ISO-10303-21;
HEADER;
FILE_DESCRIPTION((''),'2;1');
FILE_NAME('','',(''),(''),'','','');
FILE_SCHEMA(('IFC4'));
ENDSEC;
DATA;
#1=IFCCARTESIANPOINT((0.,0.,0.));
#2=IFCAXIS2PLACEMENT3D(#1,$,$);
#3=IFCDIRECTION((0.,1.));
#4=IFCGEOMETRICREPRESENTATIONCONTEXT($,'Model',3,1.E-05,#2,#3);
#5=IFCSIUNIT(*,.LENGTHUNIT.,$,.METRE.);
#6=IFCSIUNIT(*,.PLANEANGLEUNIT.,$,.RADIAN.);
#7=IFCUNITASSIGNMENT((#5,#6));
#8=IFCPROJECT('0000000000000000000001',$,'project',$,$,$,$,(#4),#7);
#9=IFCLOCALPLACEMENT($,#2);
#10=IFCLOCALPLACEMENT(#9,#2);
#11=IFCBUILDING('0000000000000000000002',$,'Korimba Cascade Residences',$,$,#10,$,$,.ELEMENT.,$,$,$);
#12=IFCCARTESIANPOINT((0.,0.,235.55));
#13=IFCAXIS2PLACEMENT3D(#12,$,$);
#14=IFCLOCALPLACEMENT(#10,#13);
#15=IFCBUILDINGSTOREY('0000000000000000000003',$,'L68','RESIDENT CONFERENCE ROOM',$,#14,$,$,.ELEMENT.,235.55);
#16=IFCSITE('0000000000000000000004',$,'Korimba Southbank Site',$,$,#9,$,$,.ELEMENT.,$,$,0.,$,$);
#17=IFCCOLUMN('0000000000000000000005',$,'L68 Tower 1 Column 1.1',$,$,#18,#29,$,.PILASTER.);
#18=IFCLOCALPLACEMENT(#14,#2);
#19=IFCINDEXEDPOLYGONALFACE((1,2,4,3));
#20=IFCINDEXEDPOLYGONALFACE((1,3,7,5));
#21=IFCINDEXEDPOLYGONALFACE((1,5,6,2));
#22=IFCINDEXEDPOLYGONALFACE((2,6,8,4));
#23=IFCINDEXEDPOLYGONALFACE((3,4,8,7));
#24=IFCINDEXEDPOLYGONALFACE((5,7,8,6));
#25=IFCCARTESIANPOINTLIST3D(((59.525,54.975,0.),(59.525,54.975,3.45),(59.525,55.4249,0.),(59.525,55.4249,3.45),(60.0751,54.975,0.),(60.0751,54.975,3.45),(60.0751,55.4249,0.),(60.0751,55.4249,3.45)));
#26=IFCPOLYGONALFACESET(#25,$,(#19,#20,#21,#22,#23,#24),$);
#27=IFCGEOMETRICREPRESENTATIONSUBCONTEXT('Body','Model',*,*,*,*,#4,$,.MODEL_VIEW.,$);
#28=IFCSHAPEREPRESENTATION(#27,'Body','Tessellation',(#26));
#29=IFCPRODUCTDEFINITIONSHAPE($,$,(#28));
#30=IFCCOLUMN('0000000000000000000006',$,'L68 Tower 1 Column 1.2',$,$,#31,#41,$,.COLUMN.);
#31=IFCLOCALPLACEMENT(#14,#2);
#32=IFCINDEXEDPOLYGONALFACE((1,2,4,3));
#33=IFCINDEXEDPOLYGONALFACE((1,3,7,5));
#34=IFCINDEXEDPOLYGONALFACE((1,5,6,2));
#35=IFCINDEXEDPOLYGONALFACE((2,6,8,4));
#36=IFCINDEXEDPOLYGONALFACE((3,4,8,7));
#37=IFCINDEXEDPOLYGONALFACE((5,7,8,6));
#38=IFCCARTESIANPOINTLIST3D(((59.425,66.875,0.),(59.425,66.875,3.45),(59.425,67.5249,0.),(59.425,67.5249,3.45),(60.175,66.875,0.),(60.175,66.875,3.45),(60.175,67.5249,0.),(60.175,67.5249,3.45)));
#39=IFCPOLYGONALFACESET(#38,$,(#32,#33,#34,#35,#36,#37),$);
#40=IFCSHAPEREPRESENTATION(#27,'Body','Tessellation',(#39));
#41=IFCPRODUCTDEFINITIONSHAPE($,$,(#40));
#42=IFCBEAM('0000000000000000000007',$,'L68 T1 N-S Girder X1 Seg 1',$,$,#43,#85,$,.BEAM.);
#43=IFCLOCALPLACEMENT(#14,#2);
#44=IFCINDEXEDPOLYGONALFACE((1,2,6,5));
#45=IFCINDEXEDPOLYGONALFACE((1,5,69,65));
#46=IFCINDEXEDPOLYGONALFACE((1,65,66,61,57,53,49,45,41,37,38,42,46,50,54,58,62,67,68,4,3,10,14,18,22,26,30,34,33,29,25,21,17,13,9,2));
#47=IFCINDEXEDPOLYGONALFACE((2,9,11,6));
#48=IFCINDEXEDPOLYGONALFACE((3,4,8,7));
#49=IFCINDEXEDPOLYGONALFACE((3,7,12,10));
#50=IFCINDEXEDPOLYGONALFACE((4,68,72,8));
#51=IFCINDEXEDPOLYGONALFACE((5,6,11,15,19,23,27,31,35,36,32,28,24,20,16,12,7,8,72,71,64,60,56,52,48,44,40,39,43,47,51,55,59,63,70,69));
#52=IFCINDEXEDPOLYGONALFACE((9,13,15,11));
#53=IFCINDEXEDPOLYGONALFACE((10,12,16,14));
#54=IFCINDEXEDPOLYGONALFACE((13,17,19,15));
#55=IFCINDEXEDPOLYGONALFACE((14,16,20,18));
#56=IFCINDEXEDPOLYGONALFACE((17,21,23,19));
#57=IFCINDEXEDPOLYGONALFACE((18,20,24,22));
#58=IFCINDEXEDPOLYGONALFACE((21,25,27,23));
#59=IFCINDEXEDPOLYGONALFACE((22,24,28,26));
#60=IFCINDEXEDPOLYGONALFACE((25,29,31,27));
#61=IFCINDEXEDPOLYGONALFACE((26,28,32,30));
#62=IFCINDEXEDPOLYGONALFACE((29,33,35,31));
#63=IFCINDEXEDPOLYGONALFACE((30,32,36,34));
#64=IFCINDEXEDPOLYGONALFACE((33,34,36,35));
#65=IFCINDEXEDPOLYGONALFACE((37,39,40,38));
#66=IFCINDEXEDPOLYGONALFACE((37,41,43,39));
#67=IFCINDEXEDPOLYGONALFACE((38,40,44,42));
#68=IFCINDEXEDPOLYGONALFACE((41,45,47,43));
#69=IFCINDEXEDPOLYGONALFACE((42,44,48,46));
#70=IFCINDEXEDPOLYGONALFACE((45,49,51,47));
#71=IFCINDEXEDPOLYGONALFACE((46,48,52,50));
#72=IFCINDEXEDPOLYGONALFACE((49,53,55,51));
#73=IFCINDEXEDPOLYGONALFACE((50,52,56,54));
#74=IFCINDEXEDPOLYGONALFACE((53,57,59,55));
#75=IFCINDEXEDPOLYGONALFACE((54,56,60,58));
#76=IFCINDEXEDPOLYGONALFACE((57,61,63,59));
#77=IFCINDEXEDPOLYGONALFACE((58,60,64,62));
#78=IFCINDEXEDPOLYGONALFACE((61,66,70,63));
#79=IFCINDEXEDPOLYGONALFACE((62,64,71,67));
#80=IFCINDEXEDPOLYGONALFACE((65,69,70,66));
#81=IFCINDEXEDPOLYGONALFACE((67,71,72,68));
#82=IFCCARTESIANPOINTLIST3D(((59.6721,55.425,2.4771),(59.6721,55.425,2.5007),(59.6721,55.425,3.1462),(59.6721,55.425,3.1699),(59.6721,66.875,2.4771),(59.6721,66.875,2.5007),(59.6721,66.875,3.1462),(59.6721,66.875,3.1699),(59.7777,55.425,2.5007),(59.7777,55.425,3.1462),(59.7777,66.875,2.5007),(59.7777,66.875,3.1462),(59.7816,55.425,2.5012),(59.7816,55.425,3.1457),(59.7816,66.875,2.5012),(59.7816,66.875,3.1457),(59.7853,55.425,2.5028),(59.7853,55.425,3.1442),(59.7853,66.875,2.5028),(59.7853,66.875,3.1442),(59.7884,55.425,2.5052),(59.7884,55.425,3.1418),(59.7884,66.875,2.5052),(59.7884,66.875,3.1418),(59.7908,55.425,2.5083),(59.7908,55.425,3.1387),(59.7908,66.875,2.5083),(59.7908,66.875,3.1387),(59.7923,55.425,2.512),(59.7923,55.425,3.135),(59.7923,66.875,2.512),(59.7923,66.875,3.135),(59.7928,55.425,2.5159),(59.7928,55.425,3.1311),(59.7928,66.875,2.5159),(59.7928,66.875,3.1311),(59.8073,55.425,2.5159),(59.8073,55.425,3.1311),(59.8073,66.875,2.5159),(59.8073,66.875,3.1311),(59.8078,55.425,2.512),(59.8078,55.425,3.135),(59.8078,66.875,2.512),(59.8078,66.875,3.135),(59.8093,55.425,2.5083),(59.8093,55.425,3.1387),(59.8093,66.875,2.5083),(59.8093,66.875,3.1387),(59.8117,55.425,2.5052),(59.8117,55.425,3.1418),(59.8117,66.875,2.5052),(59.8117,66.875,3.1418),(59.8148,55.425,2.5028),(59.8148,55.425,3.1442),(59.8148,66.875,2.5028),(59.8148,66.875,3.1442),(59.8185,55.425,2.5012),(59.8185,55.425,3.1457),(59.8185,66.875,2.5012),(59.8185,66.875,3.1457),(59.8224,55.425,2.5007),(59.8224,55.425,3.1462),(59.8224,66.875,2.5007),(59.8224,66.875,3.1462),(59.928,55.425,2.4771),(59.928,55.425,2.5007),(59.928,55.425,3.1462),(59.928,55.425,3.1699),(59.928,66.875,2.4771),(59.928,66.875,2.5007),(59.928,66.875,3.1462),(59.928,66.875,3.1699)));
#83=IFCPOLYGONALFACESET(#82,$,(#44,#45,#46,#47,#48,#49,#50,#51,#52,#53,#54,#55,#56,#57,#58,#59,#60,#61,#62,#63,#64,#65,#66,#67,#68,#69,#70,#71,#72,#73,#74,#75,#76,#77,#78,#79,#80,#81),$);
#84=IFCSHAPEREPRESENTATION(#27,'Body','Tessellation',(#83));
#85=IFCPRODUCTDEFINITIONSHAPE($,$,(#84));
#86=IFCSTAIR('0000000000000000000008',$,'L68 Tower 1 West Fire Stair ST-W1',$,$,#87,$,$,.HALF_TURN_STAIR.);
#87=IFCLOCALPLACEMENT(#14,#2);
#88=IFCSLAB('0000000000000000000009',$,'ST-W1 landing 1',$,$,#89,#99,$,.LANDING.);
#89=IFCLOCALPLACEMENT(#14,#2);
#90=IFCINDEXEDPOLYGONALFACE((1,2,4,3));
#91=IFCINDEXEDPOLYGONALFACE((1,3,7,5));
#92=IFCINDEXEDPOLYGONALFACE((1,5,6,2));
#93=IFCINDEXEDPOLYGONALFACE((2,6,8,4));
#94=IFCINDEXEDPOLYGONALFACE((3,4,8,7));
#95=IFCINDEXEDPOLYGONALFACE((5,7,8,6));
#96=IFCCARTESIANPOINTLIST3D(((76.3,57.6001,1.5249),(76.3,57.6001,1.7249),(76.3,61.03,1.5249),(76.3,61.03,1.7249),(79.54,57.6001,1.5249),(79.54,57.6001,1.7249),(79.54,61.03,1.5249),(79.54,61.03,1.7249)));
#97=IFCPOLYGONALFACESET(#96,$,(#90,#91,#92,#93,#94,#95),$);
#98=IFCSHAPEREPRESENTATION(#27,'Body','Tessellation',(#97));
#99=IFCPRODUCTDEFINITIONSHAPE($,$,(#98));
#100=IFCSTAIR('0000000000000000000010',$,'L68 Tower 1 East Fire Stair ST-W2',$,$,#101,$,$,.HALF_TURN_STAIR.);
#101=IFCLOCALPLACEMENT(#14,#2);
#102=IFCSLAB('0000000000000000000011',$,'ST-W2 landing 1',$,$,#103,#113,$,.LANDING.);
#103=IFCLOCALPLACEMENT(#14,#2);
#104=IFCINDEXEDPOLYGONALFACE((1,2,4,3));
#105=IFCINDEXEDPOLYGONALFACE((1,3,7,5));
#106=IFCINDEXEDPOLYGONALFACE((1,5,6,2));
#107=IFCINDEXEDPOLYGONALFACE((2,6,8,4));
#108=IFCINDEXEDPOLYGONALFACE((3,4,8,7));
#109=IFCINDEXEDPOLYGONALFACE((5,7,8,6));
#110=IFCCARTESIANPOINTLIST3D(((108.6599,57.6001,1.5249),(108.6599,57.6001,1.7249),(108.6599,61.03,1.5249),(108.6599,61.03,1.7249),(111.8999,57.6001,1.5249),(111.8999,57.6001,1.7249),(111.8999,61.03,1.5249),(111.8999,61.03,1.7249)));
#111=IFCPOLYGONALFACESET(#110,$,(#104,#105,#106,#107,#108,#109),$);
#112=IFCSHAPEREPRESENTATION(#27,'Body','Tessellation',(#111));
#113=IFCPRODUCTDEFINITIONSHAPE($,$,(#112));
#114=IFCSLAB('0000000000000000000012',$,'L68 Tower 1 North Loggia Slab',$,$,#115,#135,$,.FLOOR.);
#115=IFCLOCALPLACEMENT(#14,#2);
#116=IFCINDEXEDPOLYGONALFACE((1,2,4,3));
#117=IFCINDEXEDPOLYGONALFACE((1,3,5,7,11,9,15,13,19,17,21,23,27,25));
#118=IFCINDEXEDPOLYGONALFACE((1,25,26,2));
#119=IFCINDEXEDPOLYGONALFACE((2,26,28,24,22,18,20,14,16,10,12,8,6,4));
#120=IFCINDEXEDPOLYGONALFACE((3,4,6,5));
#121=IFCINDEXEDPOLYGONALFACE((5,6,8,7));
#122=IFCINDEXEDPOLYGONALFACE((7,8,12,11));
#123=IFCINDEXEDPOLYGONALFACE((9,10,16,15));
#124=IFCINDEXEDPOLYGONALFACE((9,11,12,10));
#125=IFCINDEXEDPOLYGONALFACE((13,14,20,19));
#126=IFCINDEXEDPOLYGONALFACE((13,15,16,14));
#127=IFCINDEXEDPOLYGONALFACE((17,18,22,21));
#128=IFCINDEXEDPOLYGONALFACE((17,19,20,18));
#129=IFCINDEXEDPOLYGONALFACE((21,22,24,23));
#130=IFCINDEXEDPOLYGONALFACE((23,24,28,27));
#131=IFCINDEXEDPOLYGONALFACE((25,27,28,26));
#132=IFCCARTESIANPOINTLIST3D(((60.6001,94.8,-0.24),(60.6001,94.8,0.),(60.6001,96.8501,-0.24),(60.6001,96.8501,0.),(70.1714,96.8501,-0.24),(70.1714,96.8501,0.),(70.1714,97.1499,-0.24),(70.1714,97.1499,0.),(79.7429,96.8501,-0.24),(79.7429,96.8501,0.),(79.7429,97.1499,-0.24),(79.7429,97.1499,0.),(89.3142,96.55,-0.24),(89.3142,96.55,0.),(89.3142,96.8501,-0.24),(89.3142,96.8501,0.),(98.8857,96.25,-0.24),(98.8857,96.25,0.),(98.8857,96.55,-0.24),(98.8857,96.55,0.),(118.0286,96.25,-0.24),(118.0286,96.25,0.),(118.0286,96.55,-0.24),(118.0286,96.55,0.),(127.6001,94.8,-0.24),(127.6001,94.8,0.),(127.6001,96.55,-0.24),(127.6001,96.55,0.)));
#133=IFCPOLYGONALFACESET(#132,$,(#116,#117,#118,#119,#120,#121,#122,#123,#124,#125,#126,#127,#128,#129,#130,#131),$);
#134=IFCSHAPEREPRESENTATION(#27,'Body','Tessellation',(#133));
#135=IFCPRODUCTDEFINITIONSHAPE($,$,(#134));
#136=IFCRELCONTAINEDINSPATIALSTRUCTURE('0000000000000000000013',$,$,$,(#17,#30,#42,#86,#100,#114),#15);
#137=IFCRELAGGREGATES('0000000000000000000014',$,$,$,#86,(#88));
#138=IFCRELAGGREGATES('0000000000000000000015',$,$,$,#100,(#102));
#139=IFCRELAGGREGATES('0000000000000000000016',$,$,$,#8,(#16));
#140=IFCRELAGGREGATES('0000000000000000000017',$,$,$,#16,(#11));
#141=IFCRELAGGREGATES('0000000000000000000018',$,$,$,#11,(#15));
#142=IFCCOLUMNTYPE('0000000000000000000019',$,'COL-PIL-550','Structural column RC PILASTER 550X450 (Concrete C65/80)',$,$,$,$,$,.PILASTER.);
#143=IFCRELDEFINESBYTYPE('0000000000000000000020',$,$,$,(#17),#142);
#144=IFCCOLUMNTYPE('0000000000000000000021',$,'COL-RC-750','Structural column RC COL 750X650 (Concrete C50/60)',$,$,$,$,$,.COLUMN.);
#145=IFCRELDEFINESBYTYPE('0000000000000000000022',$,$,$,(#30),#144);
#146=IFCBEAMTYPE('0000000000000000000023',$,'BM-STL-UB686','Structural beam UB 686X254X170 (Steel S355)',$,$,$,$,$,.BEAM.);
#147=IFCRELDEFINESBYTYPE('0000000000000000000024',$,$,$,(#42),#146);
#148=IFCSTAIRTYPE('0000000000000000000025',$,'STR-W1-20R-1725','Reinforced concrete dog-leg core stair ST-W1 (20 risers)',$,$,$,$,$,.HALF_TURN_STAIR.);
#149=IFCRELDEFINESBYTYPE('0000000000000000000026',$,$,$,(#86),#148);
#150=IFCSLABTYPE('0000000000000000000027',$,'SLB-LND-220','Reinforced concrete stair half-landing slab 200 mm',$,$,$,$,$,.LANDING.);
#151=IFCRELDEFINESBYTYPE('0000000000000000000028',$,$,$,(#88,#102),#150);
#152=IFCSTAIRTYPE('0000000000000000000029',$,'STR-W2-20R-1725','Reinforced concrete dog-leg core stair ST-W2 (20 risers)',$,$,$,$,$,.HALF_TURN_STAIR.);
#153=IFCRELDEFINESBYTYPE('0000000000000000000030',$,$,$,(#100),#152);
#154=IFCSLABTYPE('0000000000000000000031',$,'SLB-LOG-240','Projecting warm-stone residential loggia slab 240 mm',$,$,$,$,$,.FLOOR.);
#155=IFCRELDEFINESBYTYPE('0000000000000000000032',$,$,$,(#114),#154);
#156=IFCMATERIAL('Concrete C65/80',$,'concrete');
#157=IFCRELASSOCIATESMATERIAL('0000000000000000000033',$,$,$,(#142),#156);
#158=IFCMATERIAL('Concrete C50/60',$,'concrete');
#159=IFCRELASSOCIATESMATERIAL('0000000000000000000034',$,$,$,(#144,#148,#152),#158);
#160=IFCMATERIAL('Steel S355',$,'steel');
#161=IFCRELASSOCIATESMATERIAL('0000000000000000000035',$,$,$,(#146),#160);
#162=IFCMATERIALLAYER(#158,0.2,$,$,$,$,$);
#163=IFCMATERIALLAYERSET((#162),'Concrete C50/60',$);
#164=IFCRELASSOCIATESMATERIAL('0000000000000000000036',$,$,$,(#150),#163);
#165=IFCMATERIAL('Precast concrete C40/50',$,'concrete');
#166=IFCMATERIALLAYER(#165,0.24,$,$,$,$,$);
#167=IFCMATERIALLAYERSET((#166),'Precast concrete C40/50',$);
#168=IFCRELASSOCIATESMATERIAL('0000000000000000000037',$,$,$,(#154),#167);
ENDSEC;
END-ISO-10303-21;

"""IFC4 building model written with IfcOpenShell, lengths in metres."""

from ifc_helpers import new_model, si_unit, direction, frame, origin, origin_2d, place, context, subcontext, project, spatial, polyline, rectangle, i_section, outline, extrude, material, layer, layer_set, material_profile, profile_set, type_object, element, aggregate, save


model = new_model("IFC4")

# Units and contexts
model_context = context("Model", 3, precision=1e-05, world=origin(), true_north=direction((0.0, 1.0)))
body_context = subcontext(model_context, "Body", "Model", "MODEL_VIEW")
ifc_project = project(units=[si_unit("LENGTHUNIT", "METRE"), si_unit("PLANEANGLEUNIT", "RADIAN")], contexts=[model_context])

# Site, building, storey
site_placement = place(None, origin())
site = spatial("IfcSite", under=ifc_project, at=site_placement, Name="Korimba Southbank Site", CompositionType="ELEMENT", RefElevation=0.0)
building_placement = place(site_placement, origin())
building = spatial("IfcBuilding", under=site, at=building_placement, Name="Korimba Cascade Residences", CompositionType="ELEMENT")
storey_placement = place(building_placement, frame((0.0, 0.0, 235.55)))
storey = spatial("IfcBuildingStorey", under=building, at=storey_placement, Name="L68", Description="RESIDENT CONFERENCE ROOM", CompositionType="ELEMENT", Elevation=235.55)

# Columns
ifc_material_1 = material(Name="Concrete C65/80", Category="concrete")
ifc_material_profile_1 = material_profile(ifc_material_1, rectangle(XDim=0.55, YDim=0.45, at=origin_2d()), Name="Concrete C65/80")
ifc_profile_set_1 = profile_set([ifc_material_profile_1], Name="Concrete C65/80")
column_type_1 = type_object("IfcColumnType", Name="COL-PIL-550", Description="Structural column RC PILASTER 550X450 (Concrete C65/80)", PredefinedType="PILASTER", material=ifc_profile_set_1)
column_1_placement = place(storey_placement, frame((59.8, 55.2, 0.0), z_axis=(0.0, 0.0, 1.0), x_axis=(1.0, 0.0, 0.0)))
element("IfcColumn", 1, at=column_1_placement, inside=storey, type_object=column_type_1, Name="L68 Tower 1 Column 1.1", PredefinedType="PILASTER", context=body_context, shape_type="SweptSolid", body=[
    extrude(rectangle(XDim=0.55, YDim=0.45, at=origin_2d()), origin(), (0.0, 0.0, 1.0), 3.45),
])
ifc_material_2 = material(Name="Concrete C50/60", Category="concrete")
ifc_material_profile_2 = material_profile(ifc_material_2, rectangle(XDim=0.75, YDim=0.6499, at=origin_2d()), Name="Concrete C50/60")
ifc_profile_set_2 = profile_set([ifc_material_profile_2], Name="Concrete C50/60")
column_type_2 = type_object("IfcColumnType", Name="COL-RC-750", Description="Structural column RC COL 750X650 (Concrete C50/60)", PredefinedType="COLUMN", material=ifc_profile_set_2)
column_2_placement = place(storey_placement, frame((59.8, 67.2, 0.0), z_axis=(0.0, 0.0, 1.0), x_axis=(1.0, 0.0, 0.0)))
element("IfcColumn", 2, at=column_2_placement, inside=storey, type_object=column_type_2, Name="L68 Tower 1 Column 1.2", PredefinedType="COLUMN", context=body_context, shape_type="SweptSolid", body=[
    extrude(rectangle(XDim=0.75, YDim=0.6499, at=origin_2d()), origin(), (0.0, 0.0, 1.0), 3.45),
])

# Beam
ifc_material_3 = material(Name="Steel S355", Category="steel")
ifc_material_profile_3 = material_profile(ifc_material_3, i_section(OverallWidth=0.2559, OverallDepth=0.6929, WebThickness=0.0144, FlangeThickness=0.0237, FilletRadius=0.0151, at=origin_2d()), Name="Steel S355")
ifc_profile_set_3 = profile_set([ifc_material_profile_3], Name="Steel S355")
beam_type = type_object("IfcBeamType", Name="BM-STL-UB686", Description="Structural beam UB 686X254X170 (Steel S355)", PredefinedType="BEAM", material=ifc_profile_set_3)
beam_placement = place(storey_placement, frame((59.8, 55.425, 2.8235), z_axis=(0.0, 1.0, 0.0), x_axis=(-1.0, 0.0, 0.0)))
element("IfcBeam", 3, at=beam_placement, inside=storey, type_object=beam_type, Name="L68 T1 N-S Girder X1 Seg 1", PredefinedType="BEAM", context=body_context, shape_type="SweptSolid", body=[
    extrude(i_section(OverallWidth=0.2559, OverallDepth=0.6929, WebThickness=0.0144, FlangeThickness=0.0237, FilletRadius=0.0151, at=origin_2d()), origin(), (0.0, 0.0, 1.0), 11.45),
])

# Stairs, slabs
stair_type_1 = type_object("IfcStairType", Name="STR-W1-20R-1725", Description="Reinforced concrete dog-leg core stair ST-W1 (20 risers)", PredefinedType="HALF_TURN_STAIR", material=ifc_material_2)
stair_1_placement = place(storey_placement, origin())
stair_1 = element("IfcStair", 4, at=stair_1_placement, inside=storey, type_object=stair_type_1, Name="L68 Tower 1 West Fire Stair ST-W1", PredefinedType="HALF_TURN_STAIR")
ifc_layer_1 = layer(ifc_material_2, 0.2)
ifc_layer_set_1 = layer_set([ifc_layer_1], Name="Concrete C50/60")
slab_type_1 = type_object("IfcSlabType", Name="SLB-LND-220", Description="Reinforced concrete stair half-landing slab 200 mm", PredefinedType="LANDING", material=ifc_layer_set_1)
slab_1_placement = place(storey_placement, frame((0.0, 0.0, 1.5249)))
slab_1 = element("IfcSlab", 5, at=slab_1_placement, type_object=slab_type_1, Name="ST-W1 landing 1", PredefinedType="LANDING", context=body_context, shape_type="SweptSolid", body=[
    extrude(outline(polyline([(76.3, 61.03), (76.3, 57.6001), (79.54, 57.6001), (79.54, 61.03), (76.3, 61.03)])), origin(), (0.0, 0.0, 1.0), 0.2),
])
aggregate(stair_1, [slab_1])
stair_type_2 = type_object("IfcStairType", Name="STR-W2-20R-1725", Description="Reinforced concrete dog-leg core stair ST-W2 (20 risers)", PredefinedType="HALF_TURN_STAIR", material=ifc_material_2)
stair_2_placement = place(storey_placement, origin())
stair_2 = element("IfcStair", 6, at=stair_2_placement, inside=storey, type_object=stair_type_2, Name="L68 Tower 1 East Fire Stair ST-W2", PredefinedType="HALF_TURN_STAIR")
slab_2_placement = place(storey_placement, frame((0.0, 0.0, 1.5249)))
slab_2 = element("IfcSlab", 7, at=slab_2_placement, type_object=slab_type_1, Name="ST-W2 landing 1", PredefinedType="LANDING", context=body_context, shape_type="SweptSolid", body=[
    extrude(outline(polyline([(108.6599, 61.03), (108.6599, 57.6001), (111.8999, 57.6001), (111.8999, 61.03), (108.6599, 61.03)])), origin(), (0.0, 0.0, 1.0), 0.2),
])
aggregate(stair_2, [slab_2])

# Slab
ifc_material_4 = material(Name="Precast concrete C40/50", Category="concrete")
ifc_layer_2 = layer(ifc_material_4, 0.24)
ifc_layer_set_2 = layer_set([ifc_layer_2], Name="Precast concrete C40/50")
slab_type_2 = type_object("IfcSlabType", Name="SLB-LOG-240", Description="Projecting warm-stone residential loggia slab 240 mm", PredefinedType="FLOOR", material=ifc_layer_set_2)
slab_3_placement = place(storey_placement, frame((0.0, 0.0, -0.24)))
element("IfcSlab", 8, at=slab_3_placement, inside=storey, type_object=slab_type_2, Name="L68 Tower 1 North Loggia Slab", PredefinedType="FLOOR", context=body_context, shape_type="SweptSolid", body=[
    extrude(outline(polyline([(60.6001, 94.8), (127.6001, 94.8), (127.6001, 96.55), (118.0286, 96.55), (118.0286, 96.25), (98.8857, 96.25), (98.8857, 96.55), (89.3142, 96.55), (89.3142, 96.8501), (79.7429, 96.8501), (79.7429, 97.1499), (70.1714, 97.1499), (70.1714, 96.8501), (60.6001, 96.8501), (60.6001, 94.8)])), origin(), (0.0, 0.0, 1.0), 0.24),
])

save(model, "model.ifc")
